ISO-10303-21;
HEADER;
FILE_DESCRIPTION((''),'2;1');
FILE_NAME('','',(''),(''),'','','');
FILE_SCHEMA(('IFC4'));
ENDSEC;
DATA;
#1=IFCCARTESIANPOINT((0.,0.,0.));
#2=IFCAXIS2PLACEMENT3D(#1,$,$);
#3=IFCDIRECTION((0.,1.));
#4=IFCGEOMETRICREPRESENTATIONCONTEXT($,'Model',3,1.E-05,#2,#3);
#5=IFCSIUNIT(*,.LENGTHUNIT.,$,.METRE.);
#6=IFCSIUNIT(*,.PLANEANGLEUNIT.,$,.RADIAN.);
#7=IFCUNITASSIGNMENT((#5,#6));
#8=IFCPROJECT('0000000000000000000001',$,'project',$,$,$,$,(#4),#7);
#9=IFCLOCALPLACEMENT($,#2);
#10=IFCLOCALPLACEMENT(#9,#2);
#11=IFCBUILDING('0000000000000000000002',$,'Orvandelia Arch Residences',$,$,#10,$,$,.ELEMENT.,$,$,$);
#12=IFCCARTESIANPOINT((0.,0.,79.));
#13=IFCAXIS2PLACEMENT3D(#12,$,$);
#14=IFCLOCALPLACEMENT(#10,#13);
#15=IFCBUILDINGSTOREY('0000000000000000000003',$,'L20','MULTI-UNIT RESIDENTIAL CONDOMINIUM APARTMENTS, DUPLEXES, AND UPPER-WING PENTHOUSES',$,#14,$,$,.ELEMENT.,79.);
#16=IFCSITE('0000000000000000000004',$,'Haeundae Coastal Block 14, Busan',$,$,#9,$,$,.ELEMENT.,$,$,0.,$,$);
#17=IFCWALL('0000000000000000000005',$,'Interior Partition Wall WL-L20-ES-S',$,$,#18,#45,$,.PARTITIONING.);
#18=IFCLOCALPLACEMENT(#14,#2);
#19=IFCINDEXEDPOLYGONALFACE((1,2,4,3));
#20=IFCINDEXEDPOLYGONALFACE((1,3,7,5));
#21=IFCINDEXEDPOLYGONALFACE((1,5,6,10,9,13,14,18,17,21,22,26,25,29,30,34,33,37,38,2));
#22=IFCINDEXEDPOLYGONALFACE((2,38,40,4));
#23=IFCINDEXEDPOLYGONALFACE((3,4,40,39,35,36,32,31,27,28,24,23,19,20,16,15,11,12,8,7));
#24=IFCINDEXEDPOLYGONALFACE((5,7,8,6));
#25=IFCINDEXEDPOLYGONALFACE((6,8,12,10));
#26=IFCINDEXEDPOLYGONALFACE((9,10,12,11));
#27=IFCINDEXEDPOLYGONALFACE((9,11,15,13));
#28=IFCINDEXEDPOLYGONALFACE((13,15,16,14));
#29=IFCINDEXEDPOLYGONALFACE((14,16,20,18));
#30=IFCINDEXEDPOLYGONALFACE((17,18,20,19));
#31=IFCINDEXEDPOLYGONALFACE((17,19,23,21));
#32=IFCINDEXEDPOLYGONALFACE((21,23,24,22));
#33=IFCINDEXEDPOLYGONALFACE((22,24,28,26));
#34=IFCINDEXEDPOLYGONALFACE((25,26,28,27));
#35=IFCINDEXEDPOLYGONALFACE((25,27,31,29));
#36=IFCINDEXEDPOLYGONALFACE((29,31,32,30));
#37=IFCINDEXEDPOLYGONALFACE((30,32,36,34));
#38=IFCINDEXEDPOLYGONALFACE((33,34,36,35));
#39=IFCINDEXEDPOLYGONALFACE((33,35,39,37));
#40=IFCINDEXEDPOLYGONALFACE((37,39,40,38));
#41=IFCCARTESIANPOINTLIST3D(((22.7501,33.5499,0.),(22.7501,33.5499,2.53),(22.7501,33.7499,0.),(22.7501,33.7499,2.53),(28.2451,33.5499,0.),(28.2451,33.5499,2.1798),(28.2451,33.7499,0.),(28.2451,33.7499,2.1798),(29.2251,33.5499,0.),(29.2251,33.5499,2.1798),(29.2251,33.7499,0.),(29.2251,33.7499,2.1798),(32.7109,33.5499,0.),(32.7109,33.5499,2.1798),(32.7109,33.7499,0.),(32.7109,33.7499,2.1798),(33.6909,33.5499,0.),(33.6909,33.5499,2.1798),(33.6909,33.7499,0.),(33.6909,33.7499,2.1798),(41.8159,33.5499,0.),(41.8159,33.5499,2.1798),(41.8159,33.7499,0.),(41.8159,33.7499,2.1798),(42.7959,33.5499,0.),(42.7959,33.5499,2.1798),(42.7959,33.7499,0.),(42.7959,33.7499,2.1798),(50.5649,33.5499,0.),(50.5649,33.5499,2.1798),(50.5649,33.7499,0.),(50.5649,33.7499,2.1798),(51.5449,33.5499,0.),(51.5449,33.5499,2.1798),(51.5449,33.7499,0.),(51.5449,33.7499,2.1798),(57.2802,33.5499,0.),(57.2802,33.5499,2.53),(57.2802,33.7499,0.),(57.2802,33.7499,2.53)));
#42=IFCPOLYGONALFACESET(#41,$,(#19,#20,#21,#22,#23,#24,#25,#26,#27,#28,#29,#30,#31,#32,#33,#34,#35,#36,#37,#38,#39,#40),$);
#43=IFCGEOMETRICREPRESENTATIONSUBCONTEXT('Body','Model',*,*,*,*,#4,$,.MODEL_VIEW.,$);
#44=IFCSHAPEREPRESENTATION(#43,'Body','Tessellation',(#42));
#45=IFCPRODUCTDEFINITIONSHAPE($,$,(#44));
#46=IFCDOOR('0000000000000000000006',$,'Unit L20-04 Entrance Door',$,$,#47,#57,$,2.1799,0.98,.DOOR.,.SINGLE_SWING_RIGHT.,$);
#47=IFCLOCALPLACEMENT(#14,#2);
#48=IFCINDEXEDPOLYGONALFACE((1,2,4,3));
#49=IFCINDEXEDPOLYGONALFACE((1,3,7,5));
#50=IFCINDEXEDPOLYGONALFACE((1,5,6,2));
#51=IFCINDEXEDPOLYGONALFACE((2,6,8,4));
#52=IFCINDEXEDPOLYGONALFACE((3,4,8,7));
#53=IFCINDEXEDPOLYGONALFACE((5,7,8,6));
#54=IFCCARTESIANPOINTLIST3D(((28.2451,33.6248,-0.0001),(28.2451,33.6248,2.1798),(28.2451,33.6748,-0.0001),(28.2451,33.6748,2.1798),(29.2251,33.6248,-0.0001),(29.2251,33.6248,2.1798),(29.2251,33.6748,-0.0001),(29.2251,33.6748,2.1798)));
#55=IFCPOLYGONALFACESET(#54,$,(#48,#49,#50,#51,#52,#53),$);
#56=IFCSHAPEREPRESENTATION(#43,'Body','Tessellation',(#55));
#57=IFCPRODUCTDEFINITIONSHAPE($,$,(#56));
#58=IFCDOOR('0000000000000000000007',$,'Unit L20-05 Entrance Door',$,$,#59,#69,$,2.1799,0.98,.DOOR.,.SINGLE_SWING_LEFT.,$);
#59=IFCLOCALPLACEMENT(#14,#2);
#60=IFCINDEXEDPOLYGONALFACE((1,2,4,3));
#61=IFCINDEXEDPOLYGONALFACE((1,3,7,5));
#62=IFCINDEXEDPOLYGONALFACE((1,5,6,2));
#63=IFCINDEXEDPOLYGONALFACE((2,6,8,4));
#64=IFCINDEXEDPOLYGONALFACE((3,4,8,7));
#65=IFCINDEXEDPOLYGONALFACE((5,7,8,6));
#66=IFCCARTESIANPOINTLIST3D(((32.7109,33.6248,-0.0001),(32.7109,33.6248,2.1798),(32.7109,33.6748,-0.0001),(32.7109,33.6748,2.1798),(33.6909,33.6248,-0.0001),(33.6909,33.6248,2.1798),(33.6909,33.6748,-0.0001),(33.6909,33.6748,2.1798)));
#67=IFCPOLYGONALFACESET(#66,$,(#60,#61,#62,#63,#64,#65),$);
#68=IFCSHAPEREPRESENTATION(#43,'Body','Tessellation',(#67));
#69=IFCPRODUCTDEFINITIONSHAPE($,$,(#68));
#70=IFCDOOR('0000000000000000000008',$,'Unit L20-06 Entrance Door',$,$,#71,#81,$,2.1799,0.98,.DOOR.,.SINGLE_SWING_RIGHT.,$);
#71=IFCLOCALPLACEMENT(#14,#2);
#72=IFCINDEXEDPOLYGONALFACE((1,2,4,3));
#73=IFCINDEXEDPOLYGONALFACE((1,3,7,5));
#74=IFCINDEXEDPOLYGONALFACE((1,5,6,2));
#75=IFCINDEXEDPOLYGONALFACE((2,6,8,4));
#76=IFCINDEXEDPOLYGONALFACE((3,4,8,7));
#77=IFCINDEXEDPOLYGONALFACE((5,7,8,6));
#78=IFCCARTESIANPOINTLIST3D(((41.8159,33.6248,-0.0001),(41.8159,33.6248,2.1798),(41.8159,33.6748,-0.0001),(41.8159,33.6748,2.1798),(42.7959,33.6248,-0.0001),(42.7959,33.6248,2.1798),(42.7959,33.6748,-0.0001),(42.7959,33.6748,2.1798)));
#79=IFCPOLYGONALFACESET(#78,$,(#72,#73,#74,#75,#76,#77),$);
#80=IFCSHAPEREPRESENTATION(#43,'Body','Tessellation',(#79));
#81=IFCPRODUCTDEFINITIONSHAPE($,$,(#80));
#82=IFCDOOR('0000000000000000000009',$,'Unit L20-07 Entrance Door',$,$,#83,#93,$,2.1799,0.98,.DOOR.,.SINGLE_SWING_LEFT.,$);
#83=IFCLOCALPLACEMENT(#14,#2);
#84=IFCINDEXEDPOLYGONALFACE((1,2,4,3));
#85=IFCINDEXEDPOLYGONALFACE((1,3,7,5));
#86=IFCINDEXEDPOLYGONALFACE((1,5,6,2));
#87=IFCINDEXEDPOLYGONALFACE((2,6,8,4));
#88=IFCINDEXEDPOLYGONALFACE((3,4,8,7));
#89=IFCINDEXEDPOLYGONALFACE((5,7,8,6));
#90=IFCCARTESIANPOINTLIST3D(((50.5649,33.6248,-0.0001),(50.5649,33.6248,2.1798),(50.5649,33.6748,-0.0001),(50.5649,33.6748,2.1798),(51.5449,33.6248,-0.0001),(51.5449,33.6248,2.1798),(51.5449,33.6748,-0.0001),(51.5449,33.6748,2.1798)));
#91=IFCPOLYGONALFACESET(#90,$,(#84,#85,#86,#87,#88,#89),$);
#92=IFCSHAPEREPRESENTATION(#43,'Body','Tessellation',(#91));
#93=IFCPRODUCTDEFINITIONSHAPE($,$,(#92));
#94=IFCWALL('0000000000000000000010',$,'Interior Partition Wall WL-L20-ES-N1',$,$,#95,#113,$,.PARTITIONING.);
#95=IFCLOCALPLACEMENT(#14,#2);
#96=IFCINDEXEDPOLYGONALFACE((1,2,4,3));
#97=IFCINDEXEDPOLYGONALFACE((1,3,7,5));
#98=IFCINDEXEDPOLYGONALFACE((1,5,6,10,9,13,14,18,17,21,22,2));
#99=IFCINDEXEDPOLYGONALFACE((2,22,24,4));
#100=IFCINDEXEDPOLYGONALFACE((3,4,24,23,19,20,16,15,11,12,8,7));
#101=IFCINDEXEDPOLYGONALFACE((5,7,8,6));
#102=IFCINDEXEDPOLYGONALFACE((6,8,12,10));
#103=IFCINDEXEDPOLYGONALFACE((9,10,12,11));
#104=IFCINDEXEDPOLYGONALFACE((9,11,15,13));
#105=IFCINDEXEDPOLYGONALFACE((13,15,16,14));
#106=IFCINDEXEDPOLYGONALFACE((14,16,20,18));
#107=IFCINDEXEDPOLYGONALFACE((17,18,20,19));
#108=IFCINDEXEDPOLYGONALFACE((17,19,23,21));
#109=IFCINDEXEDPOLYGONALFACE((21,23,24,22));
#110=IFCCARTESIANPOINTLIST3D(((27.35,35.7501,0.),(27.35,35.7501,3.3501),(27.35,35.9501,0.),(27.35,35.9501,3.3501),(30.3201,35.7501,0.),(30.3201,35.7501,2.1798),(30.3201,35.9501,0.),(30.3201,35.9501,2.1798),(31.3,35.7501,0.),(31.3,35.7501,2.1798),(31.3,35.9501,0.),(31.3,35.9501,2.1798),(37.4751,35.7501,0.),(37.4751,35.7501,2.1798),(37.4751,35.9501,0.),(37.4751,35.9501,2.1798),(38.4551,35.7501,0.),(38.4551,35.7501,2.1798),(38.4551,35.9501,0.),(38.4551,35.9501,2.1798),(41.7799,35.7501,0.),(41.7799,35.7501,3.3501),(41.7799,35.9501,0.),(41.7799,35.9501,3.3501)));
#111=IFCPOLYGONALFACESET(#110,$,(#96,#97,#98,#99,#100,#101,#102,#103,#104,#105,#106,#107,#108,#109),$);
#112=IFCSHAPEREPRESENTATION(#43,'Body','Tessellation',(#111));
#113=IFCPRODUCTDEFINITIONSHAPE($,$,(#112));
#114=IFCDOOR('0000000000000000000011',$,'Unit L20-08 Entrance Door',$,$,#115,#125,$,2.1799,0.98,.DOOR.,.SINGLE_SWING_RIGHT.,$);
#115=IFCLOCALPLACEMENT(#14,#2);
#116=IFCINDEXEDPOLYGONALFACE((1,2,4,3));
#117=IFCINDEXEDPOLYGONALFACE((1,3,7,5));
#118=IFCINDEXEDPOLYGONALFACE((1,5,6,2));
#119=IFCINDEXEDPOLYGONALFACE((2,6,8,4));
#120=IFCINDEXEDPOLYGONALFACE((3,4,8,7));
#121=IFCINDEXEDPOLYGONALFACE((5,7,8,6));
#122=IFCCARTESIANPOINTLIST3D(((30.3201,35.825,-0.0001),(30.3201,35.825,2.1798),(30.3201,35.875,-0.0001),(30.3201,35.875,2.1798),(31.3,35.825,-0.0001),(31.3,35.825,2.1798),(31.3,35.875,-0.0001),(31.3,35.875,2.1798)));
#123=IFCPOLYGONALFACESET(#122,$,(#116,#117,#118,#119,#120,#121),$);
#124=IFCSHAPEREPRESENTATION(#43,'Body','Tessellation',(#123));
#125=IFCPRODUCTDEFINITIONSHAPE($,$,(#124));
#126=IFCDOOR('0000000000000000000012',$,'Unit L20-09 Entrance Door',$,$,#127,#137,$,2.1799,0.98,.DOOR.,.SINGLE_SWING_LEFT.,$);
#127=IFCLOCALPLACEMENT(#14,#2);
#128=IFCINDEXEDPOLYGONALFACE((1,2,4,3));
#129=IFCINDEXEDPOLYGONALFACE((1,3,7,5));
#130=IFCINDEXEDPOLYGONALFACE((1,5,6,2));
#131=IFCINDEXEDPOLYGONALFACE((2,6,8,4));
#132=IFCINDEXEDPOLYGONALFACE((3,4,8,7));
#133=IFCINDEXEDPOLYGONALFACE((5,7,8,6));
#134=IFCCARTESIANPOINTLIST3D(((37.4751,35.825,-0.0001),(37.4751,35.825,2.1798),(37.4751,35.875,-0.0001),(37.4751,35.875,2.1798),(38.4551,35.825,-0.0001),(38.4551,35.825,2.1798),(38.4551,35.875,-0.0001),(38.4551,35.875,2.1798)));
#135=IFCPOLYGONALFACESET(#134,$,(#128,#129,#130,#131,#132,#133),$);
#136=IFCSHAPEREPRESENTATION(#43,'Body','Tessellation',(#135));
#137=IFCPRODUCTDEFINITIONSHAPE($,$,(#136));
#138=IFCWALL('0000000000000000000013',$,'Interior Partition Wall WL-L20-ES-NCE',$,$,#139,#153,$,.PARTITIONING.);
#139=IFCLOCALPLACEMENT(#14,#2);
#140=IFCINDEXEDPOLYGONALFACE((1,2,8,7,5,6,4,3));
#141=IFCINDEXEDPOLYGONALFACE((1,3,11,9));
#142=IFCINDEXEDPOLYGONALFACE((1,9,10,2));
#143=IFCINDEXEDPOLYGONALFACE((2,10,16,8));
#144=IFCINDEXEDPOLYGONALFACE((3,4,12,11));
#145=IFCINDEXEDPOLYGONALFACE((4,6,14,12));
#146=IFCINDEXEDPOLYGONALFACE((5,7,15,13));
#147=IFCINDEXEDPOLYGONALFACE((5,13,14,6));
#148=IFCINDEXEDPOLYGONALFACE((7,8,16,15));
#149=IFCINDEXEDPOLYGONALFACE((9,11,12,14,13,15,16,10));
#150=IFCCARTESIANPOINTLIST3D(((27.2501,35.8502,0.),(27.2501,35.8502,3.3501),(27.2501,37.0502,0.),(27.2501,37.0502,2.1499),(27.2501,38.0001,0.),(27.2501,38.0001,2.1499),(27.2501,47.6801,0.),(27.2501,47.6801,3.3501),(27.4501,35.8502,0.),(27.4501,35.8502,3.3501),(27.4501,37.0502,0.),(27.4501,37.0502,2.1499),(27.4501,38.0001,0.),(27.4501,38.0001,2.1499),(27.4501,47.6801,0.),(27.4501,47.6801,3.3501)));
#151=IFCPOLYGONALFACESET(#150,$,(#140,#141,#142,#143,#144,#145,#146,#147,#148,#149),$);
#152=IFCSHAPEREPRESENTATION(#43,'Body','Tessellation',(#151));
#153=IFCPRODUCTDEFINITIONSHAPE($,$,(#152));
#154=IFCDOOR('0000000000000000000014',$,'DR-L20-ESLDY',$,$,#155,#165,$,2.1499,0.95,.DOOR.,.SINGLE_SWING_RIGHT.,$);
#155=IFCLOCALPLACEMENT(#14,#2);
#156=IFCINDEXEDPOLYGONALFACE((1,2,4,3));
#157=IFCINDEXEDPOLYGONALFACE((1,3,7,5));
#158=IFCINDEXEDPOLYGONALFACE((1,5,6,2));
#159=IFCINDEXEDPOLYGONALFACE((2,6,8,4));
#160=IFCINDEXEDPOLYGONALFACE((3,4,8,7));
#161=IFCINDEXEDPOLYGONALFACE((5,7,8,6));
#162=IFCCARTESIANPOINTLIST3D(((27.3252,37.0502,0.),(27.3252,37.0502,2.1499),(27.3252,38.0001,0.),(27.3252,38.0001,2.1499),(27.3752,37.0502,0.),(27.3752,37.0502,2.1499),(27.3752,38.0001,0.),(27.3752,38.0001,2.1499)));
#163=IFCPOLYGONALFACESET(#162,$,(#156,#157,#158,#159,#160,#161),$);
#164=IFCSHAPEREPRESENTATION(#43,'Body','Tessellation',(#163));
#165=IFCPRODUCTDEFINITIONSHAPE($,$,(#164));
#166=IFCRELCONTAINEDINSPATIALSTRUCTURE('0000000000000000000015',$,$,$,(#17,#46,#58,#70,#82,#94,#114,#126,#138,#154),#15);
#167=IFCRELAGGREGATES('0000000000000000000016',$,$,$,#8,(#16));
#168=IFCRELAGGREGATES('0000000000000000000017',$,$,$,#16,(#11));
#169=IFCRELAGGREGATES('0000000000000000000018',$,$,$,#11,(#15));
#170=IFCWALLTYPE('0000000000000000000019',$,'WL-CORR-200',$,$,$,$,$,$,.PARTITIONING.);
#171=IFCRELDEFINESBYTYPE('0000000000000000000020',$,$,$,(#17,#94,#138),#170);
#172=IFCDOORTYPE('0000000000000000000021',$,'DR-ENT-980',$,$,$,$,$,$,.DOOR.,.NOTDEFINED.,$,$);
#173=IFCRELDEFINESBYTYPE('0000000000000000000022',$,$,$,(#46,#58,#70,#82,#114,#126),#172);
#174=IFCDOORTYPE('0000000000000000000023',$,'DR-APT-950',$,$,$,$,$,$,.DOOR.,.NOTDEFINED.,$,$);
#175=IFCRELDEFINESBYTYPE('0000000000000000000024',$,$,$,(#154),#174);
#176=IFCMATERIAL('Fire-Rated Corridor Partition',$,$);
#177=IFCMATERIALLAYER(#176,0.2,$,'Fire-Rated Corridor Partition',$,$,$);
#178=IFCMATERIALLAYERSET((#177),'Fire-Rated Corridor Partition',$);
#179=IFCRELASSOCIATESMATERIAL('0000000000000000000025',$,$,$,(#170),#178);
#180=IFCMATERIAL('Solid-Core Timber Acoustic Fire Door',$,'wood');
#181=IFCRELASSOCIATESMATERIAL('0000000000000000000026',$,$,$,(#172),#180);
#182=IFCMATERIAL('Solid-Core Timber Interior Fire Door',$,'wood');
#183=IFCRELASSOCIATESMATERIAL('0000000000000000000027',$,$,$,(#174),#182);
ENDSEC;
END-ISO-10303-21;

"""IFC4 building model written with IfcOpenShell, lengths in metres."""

from ifc_helpers import new_model, si_unit, direction, frame, frame_2d, origin, place, context, subcontext, project, spatial, rectangle, extrude, material, layer, layer_set, type_object, element, fill, save


model = new_model("IFC4")

# Units and contexts
model_context = context("Model", 3, precision=1e-05, world=origin(), true_north=direction((0.0, 1.0)))
body_context = subcontext(model_context, "Body", "Model", "MODEL_VIEW")
ifc_project = project(units=[si_unit("LENGTHUNIT", "METRE"), si_unit("PLANEANGLEUNIT", "RADIAN")], contexts=[model_context])

# Site, building, storey
site_placement = place(None, origin())
site = spatial("IfcSite", under=ifc_project, at=site_placement, Name="Haeundae Coastal Block 14, Busan", CompositionType="ELEMENT", RefElevation=0.0)
building_placement = place(site_placement, origin())
building = spatial("IfcBuilding", under=site, at=building_placement, Name="Orvandelia Arch Residences", CompositionType="ELEMENT")
storey_placement = place(building_placement, frame((0.0, 0.0, 79.0)))
storey = spatial("IfcBuildingStorey", under=building, at=storey_placement, Name="L20", Description="MULTI-UNIT RESIDENTIAL CONDOMINIUM APARTMENTS, DUPLEXES, AND UPPER-WING PENTHOUSES", CompositionType="ELEMENT", Elevation=79.0)

# Walls, openings, doors
ifc_material_1 = material(Name="Fire-Rated Corridor Partition")
ifc_layer_1 = layer(ifc_material_1, 0.2, Name="Fire-Rated Corridor Partition")
ifc_layer_set_1 = layer_set([ifc_layer_1], Name="Fire-Rated Corridor Partition")
wall_type_1 = type_object("IfcWallType", Name="WL-CORR-200", PredefinedType="PARTITIONING", material=ifc_layer_set_1)
wall_1_placement = place(storey_placement, frame((22.75, 33.6499, 0.0), z_axis=(0.0, 0.0, 1.0), x_axis=(1.0, 0.0, 0.0)))
wall_1 = element("IfcWall", 1, at=wall_1_placement, inside=storey, type_object=wall_type_1, Name="Interior Partition Wall WL-L20-ES-S", PredefinedType="PARTITIONING", context=body_context, shape_type="SweptSolid", body=[
    extrude(rectangle(XDim=34.53, YDim=0.2, at=frame_2d((17.2651, 0.0))), origin(), (0.0, 0.0, 1.0), 2.53),
])
opening_1_placement = place(wall_1_placement, frame((5.4951, 0.0, 0.0)))
opening_1 = element("IfcOpeningElement", 2, at=opening_1_placement, cuts=wall_1, PredefinedType="OPENING", context=body_context, shape_type="SweptSolid", body=[
    extrude(rectangle(XDim=0.98, YDim=2.1799, at=frame_2d((0.49, 1.0898))), frame((0.0, 0.1099, 0.0), z_axis=(0.0, -1.0, 0.0), x_axis=(1.0, 0.0, 0.0)), (0.0, 0.0, 1.0), 0.22),
])
opening_2_placement = place(wall_1_placement, frame((9.9609, 0.0, 0.0)))
opening_2 = element("IfcOpeningElement", 3, at=opening_2_placement, cuts=wall_1, PredefinedType="OPENING", context=body_context, shape_type="SweptSolid", body=[
    extrude(rectangle(XDim=0.98, YDim=2.1799, at=frame_2d((0.49, 1.0898))), frame((0.0, 0.1099, 0.0), z_axis=(0.0, -1.0, 0.0), x_axis=(1.0, 0.0, 0.0)), (0.0, 0.0, 1.0), 0.22),
])
opening_3_placement = place(wall_1_placement, frame((19.0659, 0.0, 0.0)))
opening_3 = element("IfcOpeningElement", 4, at=opening_3_placement, cuts=wall_1, PredefinedType="OPENING", context=body_context, shape_type="SweptSolid", body=[
    extrude(rectangle(XDim=0.98, YDim=2.1799, at=frame_2d((0.49, 1.0898))), frame((0.0, 0.1099, 0.0), z_axis=(0.0, -1.0, 0.0), x_axis=(1.0, 0.0, 0.0)), (0.0, 0.0, 1.0), 0.22),
])
opening_4_placement = place(wall_1_placement, frame((27.8149, 0.0, 0.0)))
opening_4 = element("IfcOpeningElement", 5, at=opening_4_placement, cuts=wall_1, PredefinedType="OPENING", context=body_context, shape_type="SweptSolid", body=[
    extrude(rectangle(XDim=0.98, YDim=2.1799, at=frame_2d((0.49, 1.0898))), frame((0.0, 0.1099, 0.0), z_axis=(0.0, -1.0, 0.0), x_axis=(1.0, 0.0, 0.0)), (0.0, 0.0, 1.0), 0.22),
])
ifc_material_2 = material(Name="Solid-Core Timber Acoustic Fire Door", Category="wood")
door_type_1 = type_object("IfcDoorType", Name="DR-ENT-980", OperationType="NOTDEFINED", PredefinedType="DOOR", material=ifc_material_2)
door_1_placement = place(opening_1_placement, origin())
door_1 = element("IfcDoor", 6, at=door_1_placement, inside=storey, type_object=door_type_1, Name="Unit L20-04 Entrance Door", OperationType="SINGLE_SWING_RIGHT", OverallHeight=2.1799, OverallWidth=0.98, PredefinedType="DOOR", context=body_context, shape_type="SweptSolid", body=[
    extrude(rectangle(XDim=0.98, YDim=2.1799, at=frame_2d((0.49, 1.0898))), frame((0.0, 0.0249, 0.0), z_axis=(0.0, -1.0, 0.0), x_axis=(1.0, 0.0, 0.0)), (0.0, 0.0, 1.0), 0.05),
])
fill(opening_1, door_1)
door_2_placement = place(opening_2_placement, origin())
door_2 = element("IfcDoor", 7, at=door_2_placement, inside=storey, type_object=door_type_1, Name="Unit L20-05 Entrance Door", OperationType="SINGLE_SWING_LEFT", OverallHeight=2.1799, OverallWidth=0.98, PredefinedType="DOOR", context=body_context, shape_type="SweptSolid", body=[
    extrude(rectangle(XDim=0.98, YDim=2.1799, at=frame_2d((0.49, 1.0898))), frame((0.0, 0.0249, 0.0), z_axis=(0.0, -1.0, 0.0), x_axis=(1.0, 0.0, 0.0)), (0.0, 0.0, 1.0), 0.05),
])
fill(opening_2, door_2)
door_3_placement = place(opening_3_placement, origin())
door_3 = element("IfcDoor", 8, at=door_3_placement, inside=storey, type_object=door_type_1, Name="Unit L20-06 Entrance Door", OperationType="SINGLE_SWING_RIGHT", OverallHeight=2.1799, OverallWidth=0.98, PredefinedType="DOOR", context=body_context, shape_type="SweptSolid", body=[
    extrude(rectangle(XDim=0.98, YDim=2.1799, at=frame_2d((0.49, 1.0898))), frame((0.0, 0.0249, 0.0), z_axis=(0.0, -1.0, 0.0), x_axis=(1.0, 0.0, 0.0)), (0.0, 0.0, 1.0), 0.05),
])
fill(opening_3, door_3)
door_4_placement = place(opening_4_placement, origin())
door_4 = element("IfcDoor", 9, at=door_4_placement, inside=storey, type_object=door_type_1, Name="Unit L20-07 Entrance Door", OperationType="SINGLE_SWING_LEFT", OverallHeight=2.1799, OverallWidth=0.98, PredefinedType="DOOR", context=body_context, shape_type="SweptSolid", body=[
    extrude(rectangle(XDim=0.98, YDim=2.1799, at=frame_2d((0.49, 1.0898))), frame((0.0, 0.0249, 0.0), z_axis=(0.0, -1.0, 0.0), x_axis=(1.0, 0.0, 0.0)), (0.0, 0.0, 1.0), 0.05),
])
fill(opening_4, door_4)
wall_2_placement = place(storey_placement, frame((27.3501, 35.8501, 0.0), z_axis=(0.0, 0.0, 1.0), x_axis=(1.0, 0.0, 0.0)))
wall_2 = element("IfcWall", 10, at=wall_2_placement, inside=storey, type_object=wall_type_1, Name="Interior Partition Wall WL-L20-ES-N1", PredefinedType="PARTITIONING", context=body_context, shape_type="SweptSolid", body=[
    extrude(rectangle(XDim=14.4299, YDim=0.2, at=frame_2d((7.2148, 0.0))), origin(), (0.0, 0.0, 1.0), 3.3501),
])
opening_5_placement = place(wall_2_placement, frame((2.97, 0.0, 0.0)))
opening_5 = element("IfcOpeningElement", 11, at=opening_5_placement, cuts=wall_2, PredefinedType="OPENING", context=body_context, shape_type="SweptSolid", body=[
    extrude(rectangle(XDim=0.98, YDim=2.1799, at=frame_2d((0.49, 1.0898))), frame((0.0, 0.1099, 0.0), z_axis=(0.0, -1.0, 0.0), x_axis=(1.0, 0.0, 0.0)), (0.0, 0.0, 1.0), 0.22),
])
opening_6_placement = place(wall_2_placement, frame((10.125, 0.0, 0.0)))
opening_6 = element("IfcOpeningElement", 12, at=opening_6_placement, cuts=wall_2, PredefinedType="OPENING", context=body_context, shape_type="SweptSolid", body=[
    extrude(rectangle(XDim=0.98, YDim=2.1799, at=frame_2d((0.49, 1.0898))), frame((0.0, 0.1099, 0.0), z_axis=(0.0, -1.0, 0.0), x_axis=(1.0, 0.0, 0.0)), (0.0, 0.0, 1.0), 0.22),
])
door_5_placement = place(opening_5_placement, origin())
door_5 = element("IfcDoor", 13, at=door_5_placement, inside=storey, type_object=door_type_1, Name="Unit L20-08 Entrance Door", OperationType="SINGLE_SWING_RIGHT", OverallHeight=2.1799, OverallWidth=0.98, PredefinedType="DOOR", context=body_context, shape_type="SweptSolid", body=[
    extrude(rectangle(XDim=0.98, YDim=2.1799, at=frame_2d((0.49, 1.0898))), frame((0.0, 0.0249, 0.0), z_axis=(0.0, -1.0, 0.0), x_axis=(1.0, 0.0, 0.0)), (0.0, 0.0, 1.0), 0.05),
])
fill(opening_5, door_5)
door_6_placement = place(opening_6_placement, origin())
door_6 = element("IfcDoor", 14, at=door_6_placement, inside=storey, type_object=door_type_1, Name="Unit L20-09 Entrance Door", OperationType="SINGLE_SWING_LEFT", OverallHeight=2.1799, OverallWidth=0.98, PredefinedType="DOOR", context=body_context, shape_type="SweptSolid", body=[
    extrude(rectangle(XDim=0.98, YDim=2.1799, at=frame_2d((0.49, 1.0898))), frame((0.0, 0.0249, 0.0), z_axis=(0.0, -1.0, 0.0), x_axis=(1.0, 0.0, 0.0)), (0.0, 0.0, 1.0), 0.05),
])
fill(opening_6, door_6)

# Wall, opening, door
wall_3_placement = place(storey_placement, frame((27.3501, 35.8501, 0.0), z_axis=(0.0, 0.0, 1.0), x_axis=(0.0, 1.0, 0.0)))
wall_3 = element("IfcWall", 15, at=wall_3_placement, inside=storey, type_object=wall_type_1, Name="Interior Partition Wall WL-L20-ES-NCE", PredefinedType="PARTITIONING", context=body_context, shape_type="SweptSolid", body=[
    extrude(rectangle(XDim=11.8298, YDim=0.2, at=frame_2d((5.915, 0.0))), origin(), (0.0, 0.0, 1.0), 3.3501),
])
opening_7_placement = place(wall_3_placement, frame((1.2, 0.0, 0.0)))
opening_7 = element("IfcOpeningElement", 16, at=opening_7_placement, cuts=wall_3, PredefinedType="OPENING", context=body_context, shape_type="SweptSolid", body=[
    extrude(rectangle(XDim=0.95, YDim=2.1499, at=frame_2d((0.4751, 1.075))), frame((0.0, 0.1099, 0.0), z_axis=(0.0, -1.0, 0.0), x_axis=(1.0, 0.0, 0.0)), (0.0, 0.0, 1.0), 0.22),
])
ifc_material_3 = material(Name="Solid-Core Timber Interior Fire Door", Category="wood")
door_type_2 = type_object("IfcDoorType", Name="DR-APT-950", OperationType="NOTDEFINED", PredefinedType="DOOR", material=ifc_material_3)
door_7_placement = place(opening_7_placement, origin())
door_7 = element("IfcDoor", 17, at=door_7_placement, inside=storey, type_object=door_type_2, Name="DR-L20-ESLDY", OperationType="SINGLE_SWING_RIGHT", OverallHeight=2.1499, OverallWidth=0.95, PredefinedType="DOOR", context=body_context, shape_type="SweptSolid", body=[
    extrude(rectangle(XDim=0.95, YDim=2.1499, at=frame_2d((0.4751, 1.075))), frame((0.0, 0.0249, 0.0), z_axis=(0.0, -1.0, 0.0), x_axis=(1.0, 0.0, 0.0)), (0.0, 0.0, 1.0), 0.05),
])
fill(opening_7, door_7)

save(model, "model.ifc")
